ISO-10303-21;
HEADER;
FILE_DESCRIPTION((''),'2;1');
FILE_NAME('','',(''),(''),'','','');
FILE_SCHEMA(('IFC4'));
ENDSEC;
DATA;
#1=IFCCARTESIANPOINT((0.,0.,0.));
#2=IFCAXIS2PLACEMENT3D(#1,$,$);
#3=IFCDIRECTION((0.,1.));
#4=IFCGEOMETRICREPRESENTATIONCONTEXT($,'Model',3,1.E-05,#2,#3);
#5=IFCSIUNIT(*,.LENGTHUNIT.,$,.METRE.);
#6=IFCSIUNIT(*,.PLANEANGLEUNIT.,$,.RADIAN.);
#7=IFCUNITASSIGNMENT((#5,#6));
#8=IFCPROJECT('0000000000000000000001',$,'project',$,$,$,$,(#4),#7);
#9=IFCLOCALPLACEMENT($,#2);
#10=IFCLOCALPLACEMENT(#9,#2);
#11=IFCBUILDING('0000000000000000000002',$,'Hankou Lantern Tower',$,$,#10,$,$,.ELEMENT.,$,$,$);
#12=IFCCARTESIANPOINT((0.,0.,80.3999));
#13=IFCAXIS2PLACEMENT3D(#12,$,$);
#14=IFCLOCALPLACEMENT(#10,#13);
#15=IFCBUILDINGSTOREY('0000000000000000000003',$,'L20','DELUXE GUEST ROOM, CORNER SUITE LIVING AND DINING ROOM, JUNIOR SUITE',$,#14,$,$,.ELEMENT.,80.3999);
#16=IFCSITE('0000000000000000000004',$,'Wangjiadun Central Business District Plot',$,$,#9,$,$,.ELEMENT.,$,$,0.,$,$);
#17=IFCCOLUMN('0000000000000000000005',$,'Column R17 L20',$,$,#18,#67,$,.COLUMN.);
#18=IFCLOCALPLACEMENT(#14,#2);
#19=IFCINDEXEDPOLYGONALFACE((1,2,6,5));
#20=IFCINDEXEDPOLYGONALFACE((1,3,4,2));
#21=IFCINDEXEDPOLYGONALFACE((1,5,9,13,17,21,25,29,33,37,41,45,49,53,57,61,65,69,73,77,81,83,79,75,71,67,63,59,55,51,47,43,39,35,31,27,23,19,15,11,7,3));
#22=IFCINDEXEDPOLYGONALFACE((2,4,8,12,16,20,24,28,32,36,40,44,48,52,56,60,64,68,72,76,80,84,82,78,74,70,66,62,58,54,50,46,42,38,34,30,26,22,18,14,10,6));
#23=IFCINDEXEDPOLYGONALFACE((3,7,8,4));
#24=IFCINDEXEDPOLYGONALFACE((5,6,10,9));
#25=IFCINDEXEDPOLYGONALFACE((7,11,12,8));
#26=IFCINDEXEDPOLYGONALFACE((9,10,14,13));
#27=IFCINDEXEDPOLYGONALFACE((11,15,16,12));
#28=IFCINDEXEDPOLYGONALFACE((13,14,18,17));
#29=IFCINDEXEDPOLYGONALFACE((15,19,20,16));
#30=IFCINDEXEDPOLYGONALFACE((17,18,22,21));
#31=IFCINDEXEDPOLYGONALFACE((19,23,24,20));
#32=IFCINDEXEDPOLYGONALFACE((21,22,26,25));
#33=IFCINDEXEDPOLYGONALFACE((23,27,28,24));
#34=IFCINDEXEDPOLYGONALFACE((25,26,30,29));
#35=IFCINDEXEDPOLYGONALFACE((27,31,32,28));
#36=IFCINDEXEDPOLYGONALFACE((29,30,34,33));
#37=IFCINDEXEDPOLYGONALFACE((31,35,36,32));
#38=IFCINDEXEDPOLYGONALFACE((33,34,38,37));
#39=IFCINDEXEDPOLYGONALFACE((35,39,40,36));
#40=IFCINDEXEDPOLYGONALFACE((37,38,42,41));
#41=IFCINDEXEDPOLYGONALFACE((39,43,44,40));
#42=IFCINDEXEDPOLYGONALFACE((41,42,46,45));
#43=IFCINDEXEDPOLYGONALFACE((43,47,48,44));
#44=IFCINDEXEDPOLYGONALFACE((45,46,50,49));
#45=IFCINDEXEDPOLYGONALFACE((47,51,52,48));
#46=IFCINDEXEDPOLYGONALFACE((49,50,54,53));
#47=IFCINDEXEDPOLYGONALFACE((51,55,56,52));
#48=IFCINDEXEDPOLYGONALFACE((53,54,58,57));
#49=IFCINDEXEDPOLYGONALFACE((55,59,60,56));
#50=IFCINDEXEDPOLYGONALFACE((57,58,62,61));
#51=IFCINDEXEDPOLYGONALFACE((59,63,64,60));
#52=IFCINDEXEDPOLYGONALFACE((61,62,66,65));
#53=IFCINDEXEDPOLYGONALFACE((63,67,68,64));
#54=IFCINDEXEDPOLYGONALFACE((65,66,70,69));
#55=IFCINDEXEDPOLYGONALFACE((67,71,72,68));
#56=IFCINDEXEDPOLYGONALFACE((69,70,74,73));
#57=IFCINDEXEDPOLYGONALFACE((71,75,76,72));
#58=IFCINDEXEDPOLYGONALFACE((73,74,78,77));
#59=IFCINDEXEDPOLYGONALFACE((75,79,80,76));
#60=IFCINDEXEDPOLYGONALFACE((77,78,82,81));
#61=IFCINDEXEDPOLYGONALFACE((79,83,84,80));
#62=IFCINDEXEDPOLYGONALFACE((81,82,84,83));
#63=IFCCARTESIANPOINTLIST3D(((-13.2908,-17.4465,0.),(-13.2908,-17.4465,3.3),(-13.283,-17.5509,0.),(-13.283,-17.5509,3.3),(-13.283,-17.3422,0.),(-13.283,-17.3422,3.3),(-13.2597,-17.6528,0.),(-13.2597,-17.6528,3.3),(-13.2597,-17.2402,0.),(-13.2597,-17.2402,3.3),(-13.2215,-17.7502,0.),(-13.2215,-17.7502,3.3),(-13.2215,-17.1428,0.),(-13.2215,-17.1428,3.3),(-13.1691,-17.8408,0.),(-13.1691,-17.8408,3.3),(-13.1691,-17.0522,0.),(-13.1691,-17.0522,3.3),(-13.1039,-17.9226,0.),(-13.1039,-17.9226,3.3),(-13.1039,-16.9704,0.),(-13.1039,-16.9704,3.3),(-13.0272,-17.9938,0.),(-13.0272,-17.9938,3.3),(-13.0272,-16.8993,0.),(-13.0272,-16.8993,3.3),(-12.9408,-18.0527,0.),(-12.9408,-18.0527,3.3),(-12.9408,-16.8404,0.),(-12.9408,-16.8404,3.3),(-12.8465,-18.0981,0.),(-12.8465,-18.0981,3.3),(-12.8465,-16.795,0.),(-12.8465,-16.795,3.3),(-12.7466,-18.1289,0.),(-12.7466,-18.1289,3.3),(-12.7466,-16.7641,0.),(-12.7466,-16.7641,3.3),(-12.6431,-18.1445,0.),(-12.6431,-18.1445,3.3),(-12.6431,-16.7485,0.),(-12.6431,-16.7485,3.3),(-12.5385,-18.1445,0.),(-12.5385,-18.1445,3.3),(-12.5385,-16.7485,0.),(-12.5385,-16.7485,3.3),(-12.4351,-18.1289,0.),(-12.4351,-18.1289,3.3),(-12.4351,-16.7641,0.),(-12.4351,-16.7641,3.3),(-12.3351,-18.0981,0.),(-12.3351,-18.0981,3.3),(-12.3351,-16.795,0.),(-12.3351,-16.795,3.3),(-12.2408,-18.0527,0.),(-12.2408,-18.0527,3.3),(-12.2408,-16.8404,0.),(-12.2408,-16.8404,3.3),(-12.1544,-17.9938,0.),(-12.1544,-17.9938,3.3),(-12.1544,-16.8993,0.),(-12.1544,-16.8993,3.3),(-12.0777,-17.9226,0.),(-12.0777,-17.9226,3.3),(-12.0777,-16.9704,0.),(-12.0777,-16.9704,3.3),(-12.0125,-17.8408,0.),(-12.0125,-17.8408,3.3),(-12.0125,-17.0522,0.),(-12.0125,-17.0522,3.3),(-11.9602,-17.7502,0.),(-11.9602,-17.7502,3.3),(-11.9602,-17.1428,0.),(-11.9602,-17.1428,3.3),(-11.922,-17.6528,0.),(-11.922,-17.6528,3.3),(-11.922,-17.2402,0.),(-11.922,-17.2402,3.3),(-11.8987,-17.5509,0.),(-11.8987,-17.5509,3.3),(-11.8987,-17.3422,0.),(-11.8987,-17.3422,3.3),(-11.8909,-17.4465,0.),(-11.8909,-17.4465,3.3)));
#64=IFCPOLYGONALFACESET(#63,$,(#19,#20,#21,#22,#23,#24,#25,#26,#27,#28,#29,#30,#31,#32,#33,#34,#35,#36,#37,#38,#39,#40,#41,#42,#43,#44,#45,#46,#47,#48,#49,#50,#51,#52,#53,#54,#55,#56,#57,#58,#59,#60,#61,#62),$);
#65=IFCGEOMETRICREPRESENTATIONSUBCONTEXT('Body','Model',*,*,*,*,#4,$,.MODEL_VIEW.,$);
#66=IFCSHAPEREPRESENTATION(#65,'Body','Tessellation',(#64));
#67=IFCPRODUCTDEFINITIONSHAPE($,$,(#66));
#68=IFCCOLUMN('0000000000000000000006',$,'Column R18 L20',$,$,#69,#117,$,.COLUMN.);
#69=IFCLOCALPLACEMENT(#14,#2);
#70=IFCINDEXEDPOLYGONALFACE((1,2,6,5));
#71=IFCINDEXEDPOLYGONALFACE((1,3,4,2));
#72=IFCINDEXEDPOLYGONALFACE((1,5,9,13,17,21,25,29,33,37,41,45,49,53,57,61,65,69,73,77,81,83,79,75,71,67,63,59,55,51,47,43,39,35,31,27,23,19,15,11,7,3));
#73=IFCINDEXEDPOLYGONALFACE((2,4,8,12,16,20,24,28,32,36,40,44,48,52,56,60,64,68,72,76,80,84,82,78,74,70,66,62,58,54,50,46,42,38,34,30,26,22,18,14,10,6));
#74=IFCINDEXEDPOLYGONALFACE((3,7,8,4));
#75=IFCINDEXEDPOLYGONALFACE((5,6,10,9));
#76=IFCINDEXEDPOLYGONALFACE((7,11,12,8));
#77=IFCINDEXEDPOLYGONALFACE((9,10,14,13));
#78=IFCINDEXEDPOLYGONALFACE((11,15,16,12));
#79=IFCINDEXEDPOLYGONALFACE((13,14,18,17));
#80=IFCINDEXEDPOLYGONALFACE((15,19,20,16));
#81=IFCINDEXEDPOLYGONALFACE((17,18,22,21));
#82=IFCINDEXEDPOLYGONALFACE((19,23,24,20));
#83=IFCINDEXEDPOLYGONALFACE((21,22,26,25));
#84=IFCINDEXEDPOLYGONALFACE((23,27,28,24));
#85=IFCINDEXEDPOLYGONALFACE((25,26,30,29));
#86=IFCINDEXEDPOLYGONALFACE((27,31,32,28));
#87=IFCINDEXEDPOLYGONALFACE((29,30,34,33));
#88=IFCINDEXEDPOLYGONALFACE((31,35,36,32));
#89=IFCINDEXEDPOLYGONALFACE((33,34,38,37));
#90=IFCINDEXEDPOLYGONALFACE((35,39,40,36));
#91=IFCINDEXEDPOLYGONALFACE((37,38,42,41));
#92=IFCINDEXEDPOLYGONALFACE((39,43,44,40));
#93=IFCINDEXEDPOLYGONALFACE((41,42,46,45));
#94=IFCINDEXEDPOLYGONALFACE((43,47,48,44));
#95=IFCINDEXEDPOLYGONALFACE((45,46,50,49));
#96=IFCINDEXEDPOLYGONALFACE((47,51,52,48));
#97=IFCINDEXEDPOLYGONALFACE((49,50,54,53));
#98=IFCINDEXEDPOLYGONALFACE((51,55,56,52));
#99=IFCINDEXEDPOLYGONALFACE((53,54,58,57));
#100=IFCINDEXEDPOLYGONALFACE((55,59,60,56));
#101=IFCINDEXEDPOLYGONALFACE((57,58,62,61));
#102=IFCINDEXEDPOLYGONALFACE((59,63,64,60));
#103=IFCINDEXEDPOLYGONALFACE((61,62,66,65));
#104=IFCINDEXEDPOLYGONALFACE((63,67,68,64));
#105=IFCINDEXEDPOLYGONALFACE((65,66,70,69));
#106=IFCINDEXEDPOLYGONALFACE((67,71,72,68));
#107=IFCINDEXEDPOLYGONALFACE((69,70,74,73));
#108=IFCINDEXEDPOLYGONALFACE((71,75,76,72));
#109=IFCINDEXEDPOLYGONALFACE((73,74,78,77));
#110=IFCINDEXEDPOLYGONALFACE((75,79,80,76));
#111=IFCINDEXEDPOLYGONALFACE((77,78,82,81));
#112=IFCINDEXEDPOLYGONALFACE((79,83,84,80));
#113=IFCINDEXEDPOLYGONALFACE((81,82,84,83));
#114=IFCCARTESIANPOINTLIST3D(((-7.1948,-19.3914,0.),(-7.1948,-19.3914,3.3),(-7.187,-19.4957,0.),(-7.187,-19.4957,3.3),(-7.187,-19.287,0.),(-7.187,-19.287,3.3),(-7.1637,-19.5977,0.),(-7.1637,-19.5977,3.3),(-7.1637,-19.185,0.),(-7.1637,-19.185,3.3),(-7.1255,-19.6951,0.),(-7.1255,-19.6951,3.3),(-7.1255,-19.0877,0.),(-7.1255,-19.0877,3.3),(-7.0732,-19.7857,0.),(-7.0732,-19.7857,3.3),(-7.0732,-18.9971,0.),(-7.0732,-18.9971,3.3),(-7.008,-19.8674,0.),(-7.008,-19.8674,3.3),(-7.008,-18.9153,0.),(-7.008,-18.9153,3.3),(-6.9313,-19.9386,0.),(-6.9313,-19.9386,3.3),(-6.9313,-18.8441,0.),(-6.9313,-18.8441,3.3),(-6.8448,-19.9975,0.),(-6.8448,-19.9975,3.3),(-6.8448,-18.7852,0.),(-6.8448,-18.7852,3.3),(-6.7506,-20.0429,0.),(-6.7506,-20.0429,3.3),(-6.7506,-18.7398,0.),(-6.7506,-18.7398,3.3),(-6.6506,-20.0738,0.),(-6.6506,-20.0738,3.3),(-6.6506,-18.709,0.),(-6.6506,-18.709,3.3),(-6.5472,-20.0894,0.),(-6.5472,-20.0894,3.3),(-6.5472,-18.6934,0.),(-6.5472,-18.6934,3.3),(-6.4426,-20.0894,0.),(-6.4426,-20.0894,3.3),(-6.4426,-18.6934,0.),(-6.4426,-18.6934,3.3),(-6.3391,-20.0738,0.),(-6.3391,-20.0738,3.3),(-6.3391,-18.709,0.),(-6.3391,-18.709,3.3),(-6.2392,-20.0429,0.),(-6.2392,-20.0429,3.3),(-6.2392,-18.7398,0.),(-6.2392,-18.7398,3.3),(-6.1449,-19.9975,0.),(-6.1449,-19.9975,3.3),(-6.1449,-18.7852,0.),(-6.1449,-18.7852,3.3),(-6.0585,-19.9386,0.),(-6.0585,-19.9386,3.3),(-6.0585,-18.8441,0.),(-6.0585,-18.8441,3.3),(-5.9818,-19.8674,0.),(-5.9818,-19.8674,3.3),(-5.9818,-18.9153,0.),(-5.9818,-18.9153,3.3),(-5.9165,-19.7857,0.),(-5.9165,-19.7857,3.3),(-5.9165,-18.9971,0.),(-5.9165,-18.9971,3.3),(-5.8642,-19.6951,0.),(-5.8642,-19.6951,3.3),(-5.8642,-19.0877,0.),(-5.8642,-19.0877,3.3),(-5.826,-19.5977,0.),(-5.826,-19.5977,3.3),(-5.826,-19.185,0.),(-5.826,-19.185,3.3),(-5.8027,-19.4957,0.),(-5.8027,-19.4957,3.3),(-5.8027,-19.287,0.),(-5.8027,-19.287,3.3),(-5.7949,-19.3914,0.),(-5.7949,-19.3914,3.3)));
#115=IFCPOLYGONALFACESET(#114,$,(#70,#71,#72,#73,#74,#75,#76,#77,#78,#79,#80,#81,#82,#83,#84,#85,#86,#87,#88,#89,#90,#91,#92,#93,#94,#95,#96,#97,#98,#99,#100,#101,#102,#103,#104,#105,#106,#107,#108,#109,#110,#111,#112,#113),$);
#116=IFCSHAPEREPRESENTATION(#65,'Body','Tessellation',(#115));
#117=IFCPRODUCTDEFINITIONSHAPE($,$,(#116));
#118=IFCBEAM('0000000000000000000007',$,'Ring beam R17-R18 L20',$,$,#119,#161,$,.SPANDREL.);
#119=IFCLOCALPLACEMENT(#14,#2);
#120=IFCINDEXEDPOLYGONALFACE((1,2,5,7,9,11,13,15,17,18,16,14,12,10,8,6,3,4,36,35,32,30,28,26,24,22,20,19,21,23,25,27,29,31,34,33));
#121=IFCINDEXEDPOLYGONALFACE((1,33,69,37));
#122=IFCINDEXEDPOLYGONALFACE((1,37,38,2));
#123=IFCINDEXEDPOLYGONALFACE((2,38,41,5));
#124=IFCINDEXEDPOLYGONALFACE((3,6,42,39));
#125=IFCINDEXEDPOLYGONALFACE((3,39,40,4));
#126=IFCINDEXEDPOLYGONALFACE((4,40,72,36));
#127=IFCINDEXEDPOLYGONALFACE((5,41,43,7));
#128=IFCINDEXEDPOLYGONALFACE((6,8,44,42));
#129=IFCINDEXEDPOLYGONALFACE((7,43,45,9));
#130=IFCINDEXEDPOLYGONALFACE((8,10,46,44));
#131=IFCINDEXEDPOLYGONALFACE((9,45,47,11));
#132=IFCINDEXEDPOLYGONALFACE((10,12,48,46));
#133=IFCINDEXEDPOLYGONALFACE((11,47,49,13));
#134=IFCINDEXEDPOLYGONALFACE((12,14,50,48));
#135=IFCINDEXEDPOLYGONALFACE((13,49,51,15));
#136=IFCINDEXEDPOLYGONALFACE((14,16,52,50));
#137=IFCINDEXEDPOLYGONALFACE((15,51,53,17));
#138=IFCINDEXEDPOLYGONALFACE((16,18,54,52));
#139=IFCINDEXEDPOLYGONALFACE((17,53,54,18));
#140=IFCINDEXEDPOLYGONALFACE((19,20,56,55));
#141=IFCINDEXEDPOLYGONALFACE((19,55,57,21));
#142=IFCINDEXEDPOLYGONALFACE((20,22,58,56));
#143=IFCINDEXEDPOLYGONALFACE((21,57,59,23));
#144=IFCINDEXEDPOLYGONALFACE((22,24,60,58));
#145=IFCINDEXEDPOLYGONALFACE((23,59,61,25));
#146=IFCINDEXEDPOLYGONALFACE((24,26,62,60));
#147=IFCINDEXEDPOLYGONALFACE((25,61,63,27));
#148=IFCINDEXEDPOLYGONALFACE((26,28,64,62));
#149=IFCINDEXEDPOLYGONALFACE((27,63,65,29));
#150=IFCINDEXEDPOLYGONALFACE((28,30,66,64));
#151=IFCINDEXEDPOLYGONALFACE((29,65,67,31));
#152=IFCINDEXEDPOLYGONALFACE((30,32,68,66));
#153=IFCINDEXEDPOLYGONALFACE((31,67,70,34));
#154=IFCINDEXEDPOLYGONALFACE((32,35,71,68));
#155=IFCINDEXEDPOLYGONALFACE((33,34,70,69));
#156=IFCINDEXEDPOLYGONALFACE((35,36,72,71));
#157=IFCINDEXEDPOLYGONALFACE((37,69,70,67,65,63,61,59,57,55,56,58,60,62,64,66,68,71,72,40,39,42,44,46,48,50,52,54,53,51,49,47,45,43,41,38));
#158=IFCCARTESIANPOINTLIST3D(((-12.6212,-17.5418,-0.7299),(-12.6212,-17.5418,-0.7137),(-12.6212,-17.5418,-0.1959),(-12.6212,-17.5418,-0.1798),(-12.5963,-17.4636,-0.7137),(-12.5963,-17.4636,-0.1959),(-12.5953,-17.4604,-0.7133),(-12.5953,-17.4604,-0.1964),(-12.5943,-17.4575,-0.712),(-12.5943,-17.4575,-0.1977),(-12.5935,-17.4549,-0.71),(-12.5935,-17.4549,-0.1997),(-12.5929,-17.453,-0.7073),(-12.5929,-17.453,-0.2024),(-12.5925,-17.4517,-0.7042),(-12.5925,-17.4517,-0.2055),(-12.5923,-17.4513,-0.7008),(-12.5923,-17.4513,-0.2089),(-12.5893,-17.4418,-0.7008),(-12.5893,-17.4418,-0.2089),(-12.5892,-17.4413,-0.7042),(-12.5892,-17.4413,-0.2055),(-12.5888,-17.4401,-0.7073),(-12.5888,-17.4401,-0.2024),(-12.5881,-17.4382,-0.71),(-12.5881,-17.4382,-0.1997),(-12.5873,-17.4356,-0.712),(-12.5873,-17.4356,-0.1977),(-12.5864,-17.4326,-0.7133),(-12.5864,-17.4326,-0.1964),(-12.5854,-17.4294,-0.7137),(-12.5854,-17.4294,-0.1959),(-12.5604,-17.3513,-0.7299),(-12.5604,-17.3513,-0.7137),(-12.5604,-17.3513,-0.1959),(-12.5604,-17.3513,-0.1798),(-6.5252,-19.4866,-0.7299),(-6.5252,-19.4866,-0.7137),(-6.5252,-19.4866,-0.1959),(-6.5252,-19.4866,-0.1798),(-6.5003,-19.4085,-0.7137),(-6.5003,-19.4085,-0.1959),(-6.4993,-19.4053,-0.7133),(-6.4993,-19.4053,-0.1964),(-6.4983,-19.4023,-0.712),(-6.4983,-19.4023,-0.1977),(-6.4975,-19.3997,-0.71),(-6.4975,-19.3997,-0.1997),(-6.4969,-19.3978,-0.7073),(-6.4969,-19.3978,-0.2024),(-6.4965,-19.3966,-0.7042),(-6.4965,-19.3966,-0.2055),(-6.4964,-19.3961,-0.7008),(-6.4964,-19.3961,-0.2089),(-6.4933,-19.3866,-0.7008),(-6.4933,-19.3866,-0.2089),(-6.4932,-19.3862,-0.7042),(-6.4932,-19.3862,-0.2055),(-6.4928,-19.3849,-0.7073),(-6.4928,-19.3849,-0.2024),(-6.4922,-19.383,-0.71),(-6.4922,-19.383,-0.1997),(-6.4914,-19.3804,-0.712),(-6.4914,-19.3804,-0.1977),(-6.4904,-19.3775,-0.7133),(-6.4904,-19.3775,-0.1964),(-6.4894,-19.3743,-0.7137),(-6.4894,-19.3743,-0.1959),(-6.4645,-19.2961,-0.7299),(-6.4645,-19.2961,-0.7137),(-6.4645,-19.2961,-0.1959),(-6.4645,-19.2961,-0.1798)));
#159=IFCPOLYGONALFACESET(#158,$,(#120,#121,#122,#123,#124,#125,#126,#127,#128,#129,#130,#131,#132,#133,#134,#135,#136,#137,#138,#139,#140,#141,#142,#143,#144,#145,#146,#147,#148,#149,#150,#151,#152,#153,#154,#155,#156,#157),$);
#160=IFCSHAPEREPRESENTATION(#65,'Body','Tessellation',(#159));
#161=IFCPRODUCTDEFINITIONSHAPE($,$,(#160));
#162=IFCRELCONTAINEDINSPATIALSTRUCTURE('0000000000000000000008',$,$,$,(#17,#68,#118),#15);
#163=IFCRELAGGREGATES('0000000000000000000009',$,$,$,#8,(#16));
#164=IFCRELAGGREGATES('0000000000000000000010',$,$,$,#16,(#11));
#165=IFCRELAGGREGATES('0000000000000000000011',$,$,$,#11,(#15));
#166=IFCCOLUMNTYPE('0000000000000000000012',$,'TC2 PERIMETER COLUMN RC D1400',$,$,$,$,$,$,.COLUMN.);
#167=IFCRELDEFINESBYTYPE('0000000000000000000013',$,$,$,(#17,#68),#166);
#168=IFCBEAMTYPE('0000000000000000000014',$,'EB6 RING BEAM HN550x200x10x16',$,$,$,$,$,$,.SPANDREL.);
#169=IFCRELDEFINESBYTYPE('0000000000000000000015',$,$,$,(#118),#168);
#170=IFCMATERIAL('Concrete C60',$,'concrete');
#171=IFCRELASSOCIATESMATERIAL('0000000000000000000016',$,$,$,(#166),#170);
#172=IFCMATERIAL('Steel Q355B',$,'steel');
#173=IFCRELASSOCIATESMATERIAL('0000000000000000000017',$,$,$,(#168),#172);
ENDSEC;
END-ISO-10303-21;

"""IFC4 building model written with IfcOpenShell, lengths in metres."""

from ifc_helpers import new_model, si_unit, direction, frame, origin, origin_2d, place, context, subcontext, project, spatial, circle, i_section, extrude, material, material_profile, profile_set, type_object, element, save


model = new_model("IFC4")

# Units and contexts
model_context = context("Model", 3, precision=1e-05, world=origin(), true_north=direction((0.0, 1.0)))
body_context = subcontext(model_context, "Body", "Model", "MODEL_VIEW")
ifc_project = project(units=[si_unit("LENGTHUNIT", "METRE"), si_unit("PLANEANGLEUNIT", "RADIAN")], contexts=[model_context])

# Site, building, storey
site_placement = place(None, origin())
site = spatial("IfcSite", under=ifc_project, at=site_placement, Name="Wangjiadun Central Business District Plot", CompositionType="ELEMENT", RefElevation=0.0)
building_placement = place(site_placement, origin())
building = spatial("IfcBuilding", under=site, at=building_placement, Name="Hankou Lantern Tower", CompositionType="ELEMENT")
storey_placement = place(building_placement, frame((0.0, 0.0, 80.3999)))
storey = spatial("IfcBuildingStorey", under=building, at=storey_placement, Name="L20", Description="DELUXE GUEST ROOM, CORNER SUITE LIVING AND DINING ROOM, JUNIOR SUITE", CompositionType="ELEMENT", Elevation=80.3999)

# Columns
ifc_material_1 = material(Name="Concrete C60", Category="concrete")
ifc_material_profile_1 = material_profile(ifc_material_1, circle(Radius=0.7, at=origin_2d()), Name="RC D1400")
ifc_profile_set_1 = profile_set([ifc_material_profile_1], Name="Concrete C60")
column_type = type_object("IfcColumnType", Name="TC2 PERIMETER COLUMN RC D1400", PredefinedType="COLUMN", material=ifc_profile_set_1)
for number, where, z_axis, x_axis, name in (
    (1, (-12.5908, -17.4465, 0.0), (0.0, 0.0, 1.0), (1.0, 0.0, 0.0), "Column R17 L20"),
    (2, (-6.4949, -19.3914, 0.0), (0.0, 0.0, 1.0), (1.0, 0.0, 0.0), "Column R18 L20"),
):
    element("IfcColumn", number, at=place(storey_placement, frame(where, z_axis=z_axis, x_axis=x_axis)), inside=storey, type_object=column_type, Name=name, PredefinedType="COLUMN", context=body_context, shape_type="SweptSolid", body=[
        extrude(circle(Radius=0.7, at=origin_2d()), origin(), (0.0, 0.0, 1.0), 3.3),
    ])

# Beam
ifc_material_2 = material(Name="Steel Q355B", Category="steel")
ifc_material_profile_2 = material_profile(ifc_material_2, i_section(OverallWidth=0.2, OverallDepth=0.55, WebThickness=0.01, FlangeThickness=0.0161, FilletRadius=0.0129, at=origin_2d()), Name="HN550x200x10x16")
ifc_profile_set_2 = profile_set([ifc_material_profile_2], Name="Steel Q355B")
beam_type_1 = type_object("IfcBeamType", Name="EB6 RING BEAM HN550x200x10x16", PredefinedType="SPANDREL", material=ifc_profile_set_2)
beam_1_placement = place(storey_placement, frame((-12.5908, -17.4465, -0.4548), z_axis=(0.95269, -0.303942, 0.0), x_axis=(0.303942, 0.95269, 0.0)))
element("IfcBeam", 3, at=beam_1_placement, inside=storey, type_object=beam_type_1, Name="Ring beam R17-R18 L20", PredefinedType="SPANDREL", context=body_context, shape_type="SweptSolid", body=[
    extrude(i_section(OverallWidth=0.2, OverallDepth=0.55, WebThickness=0.01, FlangeThickness=0.0161, FilletRadius=0.0129, at=origin_2d()), origin(), (0.0, 0.0, 1.0), 6.3987),
])

save(model, "model.ifc")
